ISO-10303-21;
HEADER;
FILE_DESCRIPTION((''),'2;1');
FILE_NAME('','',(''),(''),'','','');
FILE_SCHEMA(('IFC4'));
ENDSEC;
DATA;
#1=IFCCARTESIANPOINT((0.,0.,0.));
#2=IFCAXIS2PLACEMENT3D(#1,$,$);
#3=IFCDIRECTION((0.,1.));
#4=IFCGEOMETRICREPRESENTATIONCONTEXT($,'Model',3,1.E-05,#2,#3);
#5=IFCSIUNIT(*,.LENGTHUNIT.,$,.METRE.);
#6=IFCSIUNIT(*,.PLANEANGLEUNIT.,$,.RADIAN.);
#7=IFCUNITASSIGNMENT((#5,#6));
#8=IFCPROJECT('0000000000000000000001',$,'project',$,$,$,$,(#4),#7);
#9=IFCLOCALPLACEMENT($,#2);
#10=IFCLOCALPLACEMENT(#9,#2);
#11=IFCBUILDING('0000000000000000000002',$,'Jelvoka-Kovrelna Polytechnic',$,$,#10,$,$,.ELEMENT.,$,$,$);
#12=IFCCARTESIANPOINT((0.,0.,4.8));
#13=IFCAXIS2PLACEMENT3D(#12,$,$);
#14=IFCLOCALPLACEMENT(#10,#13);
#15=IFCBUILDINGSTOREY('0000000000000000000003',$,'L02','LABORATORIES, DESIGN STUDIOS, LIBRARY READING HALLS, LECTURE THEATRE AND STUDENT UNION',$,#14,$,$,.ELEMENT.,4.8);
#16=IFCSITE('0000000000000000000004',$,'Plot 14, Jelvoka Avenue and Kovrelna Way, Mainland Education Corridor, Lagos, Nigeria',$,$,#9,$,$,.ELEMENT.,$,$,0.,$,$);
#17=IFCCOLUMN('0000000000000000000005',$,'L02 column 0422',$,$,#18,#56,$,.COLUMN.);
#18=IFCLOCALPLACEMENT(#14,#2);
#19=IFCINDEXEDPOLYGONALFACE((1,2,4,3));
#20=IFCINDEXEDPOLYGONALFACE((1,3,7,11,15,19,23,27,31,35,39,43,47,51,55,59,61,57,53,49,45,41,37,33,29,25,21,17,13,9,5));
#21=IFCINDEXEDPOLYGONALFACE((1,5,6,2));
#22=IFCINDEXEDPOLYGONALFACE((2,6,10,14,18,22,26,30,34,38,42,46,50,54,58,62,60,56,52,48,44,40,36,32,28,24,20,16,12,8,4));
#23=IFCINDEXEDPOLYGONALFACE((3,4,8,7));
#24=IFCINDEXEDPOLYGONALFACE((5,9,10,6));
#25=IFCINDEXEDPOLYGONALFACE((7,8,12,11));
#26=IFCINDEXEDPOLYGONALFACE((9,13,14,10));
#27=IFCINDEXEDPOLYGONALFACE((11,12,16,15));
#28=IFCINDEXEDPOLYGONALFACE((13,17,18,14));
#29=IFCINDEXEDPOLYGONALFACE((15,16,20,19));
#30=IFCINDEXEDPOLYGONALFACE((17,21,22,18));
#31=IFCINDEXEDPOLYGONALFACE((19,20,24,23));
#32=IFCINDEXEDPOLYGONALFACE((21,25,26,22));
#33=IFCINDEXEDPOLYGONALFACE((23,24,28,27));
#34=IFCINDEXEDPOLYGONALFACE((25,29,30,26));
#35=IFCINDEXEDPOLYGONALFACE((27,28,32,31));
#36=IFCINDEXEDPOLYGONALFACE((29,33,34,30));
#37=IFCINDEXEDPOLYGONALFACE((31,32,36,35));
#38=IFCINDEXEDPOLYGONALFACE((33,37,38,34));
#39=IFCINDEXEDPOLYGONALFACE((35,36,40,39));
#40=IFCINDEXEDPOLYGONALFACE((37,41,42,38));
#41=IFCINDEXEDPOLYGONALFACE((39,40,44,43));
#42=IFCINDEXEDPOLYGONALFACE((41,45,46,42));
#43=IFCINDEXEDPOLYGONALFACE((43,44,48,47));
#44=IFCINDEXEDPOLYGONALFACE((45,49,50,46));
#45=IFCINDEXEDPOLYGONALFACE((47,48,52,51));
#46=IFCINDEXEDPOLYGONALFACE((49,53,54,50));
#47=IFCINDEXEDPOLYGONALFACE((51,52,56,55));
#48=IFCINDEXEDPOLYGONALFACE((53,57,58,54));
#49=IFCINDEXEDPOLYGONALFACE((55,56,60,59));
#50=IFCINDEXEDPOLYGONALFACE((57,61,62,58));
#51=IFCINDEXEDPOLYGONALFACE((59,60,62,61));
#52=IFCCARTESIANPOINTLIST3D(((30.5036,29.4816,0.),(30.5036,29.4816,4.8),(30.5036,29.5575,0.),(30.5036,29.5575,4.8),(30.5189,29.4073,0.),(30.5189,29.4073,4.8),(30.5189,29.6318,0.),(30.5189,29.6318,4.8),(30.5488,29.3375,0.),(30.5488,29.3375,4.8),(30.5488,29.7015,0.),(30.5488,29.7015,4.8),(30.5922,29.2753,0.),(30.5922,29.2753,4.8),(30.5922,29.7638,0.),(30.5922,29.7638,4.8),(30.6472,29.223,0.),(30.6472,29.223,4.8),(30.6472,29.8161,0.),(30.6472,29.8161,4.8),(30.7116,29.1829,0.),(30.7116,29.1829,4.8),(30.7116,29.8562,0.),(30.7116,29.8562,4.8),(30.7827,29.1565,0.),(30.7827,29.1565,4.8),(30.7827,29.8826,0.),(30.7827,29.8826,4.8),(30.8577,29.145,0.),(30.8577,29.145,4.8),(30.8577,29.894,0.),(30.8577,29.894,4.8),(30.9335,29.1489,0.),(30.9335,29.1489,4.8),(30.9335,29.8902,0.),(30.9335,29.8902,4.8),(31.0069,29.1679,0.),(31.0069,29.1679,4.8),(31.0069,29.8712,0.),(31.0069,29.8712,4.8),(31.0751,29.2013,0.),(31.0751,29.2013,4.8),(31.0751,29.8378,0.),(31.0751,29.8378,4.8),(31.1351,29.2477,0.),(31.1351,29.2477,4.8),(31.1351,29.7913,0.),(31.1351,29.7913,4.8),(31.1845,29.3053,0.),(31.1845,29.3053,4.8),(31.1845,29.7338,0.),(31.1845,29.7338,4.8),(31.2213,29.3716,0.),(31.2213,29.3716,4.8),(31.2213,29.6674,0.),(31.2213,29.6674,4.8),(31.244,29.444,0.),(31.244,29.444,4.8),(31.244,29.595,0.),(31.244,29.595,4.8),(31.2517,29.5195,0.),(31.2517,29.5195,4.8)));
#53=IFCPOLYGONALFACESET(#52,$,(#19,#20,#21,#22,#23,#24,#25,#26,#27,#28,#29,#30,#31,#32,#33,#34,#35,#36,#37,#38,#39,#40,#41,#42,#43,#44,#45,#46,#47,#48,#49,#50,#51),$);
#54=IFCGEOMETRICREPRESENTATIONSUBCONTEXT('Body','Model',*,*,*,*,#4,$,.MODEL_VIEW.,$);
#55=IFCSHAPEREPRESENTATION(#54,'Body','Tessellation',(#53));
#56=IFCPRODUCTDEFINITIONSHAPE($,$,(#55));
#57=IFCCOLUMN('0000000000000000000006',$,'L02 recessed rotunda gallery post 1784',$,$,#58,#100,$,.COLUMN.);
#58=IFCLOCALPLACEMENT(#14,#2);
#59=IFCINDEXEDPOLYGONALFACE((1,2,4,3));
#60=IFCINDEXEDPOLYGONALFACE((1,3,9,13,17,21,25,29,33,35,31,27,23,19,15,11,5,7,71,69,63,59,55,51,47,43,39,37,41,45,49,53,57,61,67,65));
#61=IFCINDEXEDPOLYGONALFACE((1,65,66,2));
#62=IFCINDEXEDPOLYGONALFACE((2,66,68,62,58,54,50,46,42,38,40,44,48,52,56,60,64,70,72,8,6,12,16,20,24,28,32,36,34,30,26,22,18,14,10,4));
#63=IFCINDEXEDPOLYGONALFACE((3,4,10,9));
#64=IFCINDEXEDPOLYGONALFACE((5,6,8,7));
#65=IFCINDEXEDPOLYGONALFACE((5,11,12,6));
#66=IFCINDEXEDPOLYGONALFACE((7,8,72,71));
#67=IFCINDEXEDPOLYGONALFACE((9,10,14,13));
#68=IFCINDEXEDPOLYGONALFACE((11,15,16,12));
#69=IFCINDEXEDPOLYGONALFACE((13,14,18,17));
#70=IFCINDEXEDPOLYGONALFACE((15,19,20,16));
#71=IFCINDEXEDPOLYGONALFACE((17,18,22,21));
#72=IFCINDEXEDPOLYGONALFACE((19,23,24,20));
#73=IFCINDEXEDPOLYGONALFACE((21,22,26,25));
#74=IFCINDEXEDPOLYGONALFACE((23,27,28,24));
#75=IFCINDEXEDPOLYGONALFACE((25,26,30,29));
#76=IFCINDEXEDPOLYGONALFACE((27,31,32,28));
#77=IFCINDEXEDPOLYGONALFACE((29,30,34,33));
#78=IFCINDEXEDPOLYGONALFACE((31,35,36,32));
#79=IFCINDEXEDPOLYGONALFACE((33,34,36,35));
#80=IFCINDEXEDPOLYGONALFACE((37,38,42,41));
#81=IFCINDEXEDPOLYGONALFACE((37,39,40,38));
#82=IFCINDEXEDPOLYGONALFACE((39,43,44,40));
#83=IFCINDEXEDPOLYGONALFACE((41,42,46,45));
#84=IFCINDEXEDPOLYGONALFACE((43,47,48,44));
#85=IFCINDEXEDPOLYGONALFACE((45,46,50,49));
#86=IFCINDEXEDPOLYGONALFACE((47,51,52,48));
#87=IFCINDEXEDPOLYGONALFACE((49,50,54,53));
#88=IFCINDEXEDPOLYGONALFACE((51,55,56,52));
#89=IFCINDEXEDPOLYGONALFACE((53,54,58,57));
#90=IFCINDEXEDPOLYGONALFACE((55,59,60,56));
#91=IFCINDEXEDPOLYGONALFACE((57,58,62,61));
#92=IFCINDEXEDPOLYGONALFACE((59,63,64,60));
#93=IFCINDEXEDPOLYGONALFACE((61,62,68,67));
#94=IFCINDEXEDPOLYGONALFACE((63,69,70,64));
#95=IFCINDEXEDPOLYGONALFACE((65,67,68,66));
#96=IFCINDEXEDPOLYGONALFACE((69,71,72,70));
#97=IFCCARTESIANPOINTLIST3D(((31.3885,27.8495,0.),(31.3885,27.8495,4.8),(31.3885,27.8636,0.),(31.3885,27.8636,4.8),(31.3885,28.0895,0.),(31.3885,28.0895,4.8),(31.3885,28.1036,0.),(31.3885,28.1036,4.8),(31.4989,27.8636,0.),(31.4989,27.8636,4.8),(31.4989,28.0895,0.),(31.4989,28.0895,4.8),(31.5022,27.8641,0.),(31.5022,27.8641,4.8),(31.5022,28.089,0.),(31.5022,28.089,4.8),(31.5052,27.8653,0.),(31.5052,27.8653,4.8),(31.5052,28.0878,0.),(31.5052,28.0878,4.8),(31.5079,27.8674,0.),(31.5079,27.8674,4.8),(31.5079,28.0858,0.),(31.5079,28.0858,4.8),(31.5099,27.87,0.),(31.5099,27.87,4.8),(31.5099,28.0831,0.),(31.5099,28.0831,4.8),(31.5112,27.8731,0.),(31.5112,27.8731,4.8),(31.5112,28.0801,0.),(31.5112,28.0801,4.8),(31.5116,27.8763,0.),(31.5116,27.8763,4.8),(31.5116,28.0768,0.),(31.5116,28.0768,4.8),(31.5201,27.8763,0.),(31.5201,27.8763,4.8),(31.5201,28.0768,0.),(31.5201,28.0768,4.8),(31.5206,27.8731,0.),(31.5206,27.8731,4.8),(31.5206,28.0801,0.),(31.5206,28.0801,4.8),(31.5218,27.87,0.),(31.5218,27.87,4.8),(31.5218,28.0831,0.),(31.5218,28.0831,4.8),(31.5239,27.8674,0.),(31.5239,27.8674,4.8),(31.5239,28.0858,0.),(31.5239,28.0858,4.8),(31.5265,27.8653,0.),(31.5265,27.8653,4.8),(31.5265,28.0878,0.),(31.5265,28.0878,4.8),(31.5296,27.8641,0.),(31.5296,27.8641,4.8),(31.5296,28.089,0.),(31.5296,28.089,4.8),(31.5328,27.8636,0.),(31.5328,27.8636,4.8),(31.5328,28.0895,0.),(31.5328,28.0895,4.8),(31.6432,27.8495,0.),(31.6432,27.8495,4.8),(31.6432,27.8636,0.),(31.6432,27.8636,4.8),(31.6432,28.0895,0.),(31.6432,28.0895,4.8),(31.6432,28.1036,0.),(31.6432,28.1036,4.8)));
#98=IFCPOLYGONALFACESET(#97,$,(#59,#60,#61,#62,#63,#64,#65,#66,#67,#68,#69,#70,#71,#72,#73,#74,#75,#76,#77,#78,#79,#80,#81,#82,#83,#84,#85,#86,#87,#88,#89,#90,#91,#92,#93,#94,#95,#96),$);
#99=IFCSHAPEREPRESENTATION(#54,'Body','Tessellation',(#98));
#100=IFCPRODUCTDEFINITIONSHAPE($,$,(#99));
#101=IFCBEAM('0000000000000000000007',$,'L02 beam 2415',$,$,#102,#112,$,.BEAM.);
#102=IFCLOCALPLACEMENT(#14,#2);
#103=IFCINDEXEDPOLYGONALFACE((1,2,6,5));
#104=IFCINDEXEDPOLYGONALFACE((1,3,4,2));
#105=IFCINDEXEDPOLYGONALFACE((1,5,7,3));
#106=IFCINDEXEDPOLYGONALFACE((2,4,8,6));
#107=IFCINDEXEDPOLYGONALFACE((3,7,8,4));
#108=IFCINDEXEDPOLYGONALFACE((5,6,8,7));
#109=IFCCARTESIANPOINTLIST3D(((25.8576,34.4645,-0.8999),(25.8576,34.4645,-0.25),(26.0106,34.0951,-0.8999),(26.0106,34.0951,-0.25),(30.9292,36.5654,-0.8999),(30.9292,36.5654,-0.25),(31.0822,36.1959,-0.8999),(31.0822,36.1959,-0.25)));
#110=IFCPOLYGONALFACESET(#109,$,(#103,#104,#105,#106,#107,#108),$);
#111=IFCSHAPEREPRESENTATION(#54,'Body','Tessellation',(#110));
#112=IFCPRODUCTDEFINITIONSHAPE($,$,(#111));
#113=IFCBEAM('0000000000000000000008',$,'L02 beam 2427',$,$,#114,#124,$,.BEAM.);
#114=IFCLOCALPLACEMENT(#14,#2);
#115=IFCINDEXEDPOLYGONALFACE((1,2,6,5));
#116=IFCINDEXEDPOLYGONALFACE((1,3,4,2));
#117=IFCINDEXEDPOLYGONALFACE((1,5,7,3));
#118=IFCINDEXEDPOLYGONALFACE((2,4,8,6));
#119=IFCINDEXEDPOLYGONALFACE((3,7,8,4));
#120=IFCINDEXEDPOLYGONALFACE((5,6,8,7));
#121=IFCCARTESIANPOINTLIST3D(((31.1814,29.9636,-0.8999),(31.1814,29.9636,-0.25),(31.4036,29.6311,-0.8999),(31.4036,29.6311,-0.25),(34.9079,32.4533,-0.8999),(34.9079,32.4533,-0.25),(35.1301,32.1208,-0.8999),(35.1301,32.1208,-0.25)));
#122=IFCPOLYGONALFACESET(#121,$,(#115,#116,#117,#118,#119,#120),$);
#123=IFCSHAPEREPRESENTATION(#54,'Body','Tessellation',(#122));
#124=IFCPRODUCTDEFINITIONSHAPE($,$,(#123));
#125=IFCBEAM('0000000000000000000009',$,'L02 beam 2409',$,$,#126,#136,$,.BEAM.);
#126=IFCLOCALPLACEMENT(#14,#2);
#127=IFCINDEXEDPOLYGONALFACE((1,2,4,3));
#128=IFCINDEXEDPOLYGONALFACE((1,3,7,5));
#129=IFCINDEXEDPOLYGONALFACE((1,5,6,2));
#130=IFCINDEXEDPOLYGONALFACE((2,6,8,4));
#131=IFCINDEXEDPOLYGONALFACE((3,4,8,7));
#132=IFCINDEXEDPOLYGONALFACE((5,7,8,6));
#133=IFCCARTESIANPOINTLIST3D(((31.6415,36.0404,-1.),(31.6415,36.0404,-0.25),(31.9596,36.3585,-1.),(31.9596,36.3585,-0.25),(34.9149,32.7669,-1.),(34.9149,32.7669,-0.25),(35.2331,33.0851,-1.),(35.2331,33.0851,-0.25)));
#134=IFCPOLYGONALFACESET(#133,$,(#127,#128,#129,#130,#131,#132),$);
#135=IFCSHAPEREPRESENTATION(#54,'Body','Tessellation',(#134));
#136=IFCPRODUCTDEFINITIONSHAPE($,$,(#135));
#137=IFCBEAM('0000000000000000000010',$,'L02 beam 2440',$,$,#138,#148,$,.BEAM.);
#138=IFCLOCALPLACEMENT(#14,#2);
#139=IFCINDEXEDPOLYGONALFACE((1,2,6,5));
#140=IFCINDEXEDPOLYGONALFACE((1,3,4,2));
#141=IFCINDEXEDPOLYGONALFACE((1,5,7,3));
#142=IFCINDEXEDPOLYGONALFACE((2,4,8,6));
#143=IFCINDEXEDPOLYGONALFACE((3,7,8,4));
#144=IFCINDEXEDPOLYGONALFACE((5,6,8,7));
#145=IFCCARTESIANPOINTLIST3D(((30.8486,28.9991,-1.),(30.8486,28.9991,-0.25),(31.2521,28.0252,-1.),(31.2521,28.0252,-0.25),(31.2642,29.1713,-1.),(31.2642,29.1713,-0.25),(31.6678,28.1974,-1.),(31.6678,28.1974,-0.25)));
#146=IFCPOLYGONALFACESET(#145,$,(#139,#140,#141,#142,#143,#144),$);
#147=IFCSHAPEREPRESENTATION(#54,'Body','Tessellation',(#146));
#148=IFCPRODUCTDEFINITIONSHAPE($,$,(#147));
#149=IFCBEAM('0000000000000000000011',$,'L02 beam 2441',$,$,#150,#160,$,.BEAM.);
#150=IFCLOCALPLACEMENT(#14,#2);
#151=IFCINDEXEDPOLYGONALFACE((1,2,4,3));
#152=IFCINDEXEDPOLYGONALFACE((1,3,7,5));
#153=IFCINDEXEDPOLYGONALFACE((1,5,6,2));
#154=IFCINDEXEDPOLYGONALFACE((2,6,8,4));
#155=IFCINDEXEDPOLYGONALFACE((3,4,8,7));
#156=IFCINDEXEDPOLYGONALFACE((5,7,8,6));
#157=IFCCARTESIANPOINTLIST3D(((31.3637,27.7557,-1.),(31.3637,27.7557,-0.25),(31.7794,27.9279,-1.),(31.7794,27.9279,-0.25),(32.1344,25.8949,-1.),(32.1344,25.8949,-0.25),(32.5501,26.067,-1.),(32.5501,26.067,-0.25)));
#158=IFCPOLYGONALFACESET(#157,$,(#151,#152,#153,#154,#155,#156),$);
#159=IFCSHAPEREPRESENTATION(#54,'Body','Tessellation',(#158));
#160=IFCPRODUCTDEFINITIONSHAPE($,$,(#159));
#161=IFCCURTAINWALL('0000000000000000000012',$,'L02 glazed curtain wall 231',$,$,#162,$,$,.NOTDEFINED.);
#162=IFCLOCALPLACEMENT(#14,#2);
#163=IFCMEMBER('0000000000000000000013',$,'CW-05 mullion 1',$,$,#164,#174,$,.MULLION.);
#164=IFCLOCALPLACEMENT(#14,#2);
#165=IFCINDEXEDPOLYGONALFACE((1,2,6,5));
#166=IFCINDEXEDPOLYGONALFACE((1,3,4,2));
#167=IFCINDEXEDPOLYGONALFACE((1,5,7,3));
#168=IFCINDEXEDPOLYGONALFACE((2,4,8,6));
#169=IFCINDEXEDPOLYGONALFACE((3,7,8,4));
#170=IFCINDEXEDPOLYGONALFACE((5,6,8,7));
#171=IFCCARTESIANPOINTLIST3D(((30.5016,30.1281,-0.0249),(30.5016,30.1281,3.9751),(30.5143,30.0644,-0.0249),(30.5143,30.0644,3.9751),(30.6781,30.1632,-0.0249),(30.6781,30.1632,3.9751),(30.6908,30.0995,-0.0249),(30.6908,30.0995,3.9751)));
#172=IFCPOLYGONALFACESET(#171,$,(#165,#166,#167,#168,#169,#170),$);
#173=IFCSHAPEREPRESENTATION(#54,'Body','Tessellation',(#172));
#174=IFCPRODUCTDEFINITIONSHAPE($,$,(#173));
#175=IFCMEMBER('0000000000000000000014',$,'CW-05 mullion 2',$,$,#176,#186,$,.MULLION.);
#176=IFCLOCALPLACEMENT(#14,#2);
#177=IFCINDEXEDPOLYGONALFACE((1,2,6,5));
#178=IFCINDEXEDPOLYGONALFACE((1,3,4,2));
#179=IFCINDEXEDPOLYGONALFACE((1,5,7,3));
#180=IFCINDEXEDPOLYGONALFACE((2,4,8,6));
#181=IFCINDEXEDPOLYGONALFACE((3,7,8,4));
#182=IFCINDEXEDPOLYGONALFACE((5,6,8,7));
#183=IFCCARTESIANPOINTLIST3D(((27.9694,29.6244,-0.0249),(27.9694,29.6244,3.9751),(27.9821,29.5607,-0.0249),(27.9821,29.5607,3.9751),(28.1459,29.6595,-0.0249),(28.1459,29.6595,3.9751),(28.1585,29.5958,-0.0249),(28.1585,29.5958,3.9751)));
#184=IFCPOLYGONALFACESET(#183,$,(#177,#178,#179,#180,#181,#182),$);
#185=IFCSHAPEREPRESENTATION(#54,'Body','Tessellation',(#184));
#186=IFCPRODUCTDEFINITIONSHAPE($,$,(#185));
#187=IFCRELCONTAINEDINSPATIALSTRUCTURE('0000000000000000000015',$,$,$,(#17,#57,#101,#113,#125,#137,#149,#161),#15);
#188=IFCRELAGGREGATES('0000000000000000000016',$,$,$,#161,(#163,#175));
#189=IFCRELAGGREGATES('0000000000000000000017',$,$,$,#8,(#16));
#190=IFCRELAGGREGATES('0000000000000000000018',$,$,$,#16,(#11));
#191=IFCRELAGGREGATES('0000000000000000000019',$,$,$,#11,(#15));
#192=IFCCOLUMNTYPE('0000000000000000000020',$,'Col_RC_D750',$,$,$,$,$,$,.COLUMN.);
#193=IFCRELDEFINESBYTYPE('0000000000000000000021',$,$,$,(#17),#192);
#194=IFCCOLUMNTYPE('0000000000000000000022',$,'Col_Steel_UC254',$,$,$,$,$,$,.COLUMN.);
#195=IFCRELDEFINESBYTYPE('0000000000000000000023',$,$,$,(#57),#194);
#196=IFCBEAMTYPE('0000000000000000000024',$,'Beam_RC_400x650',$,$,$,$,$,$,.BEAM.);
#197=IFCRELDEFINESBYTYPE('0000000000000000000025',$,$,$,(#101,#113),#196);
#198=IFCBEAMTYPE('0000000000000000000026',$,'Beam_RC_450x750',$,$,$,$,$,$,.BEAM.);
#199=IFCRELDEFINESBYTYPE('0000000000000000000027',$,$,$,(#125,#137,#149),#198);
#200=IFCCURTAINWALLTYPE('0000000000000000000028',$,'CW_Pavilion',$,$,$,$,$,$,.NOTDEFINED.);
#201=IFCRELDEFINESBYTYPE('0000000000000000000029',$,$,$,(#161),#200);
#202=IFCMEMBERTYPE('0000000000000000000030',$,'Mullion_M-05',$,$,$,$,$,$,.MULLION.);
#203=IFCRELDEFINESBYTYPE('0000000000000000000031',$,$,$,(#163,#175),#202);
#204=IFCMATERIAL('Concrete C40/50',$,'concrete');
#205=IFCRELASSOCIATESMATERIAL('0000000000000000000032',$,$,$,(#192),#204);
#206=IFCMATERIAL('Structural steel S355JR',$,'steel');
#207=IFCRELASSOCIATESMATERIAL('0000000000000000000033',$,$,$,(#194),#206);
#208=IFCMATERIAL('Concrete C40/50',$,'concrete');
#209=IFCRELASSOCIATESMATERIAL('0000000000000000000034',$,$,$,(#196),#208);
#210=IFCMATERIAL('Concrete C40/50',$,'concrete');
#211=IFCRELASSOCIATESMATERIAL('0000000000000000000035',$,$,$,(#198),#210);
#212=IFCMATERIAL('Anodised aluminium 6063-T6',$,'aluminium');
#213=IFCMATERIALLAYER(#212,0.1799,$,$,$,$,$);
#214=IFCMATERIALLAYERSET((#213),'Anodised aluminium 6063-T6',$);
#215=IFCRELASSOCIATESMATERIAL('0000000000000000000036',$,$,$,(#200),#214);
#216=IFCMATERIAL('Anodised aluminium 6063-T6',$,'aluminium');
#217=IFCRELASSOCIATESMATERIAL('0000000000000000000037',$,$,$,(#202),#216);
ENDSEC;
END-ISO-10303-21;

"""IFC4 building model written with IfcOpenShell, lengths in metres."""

from ifc_helpers import new_model, si_unit, direction, frame, origin, origin_2d, place, context, subcontext, project, spatial, rectangle, circle, i_section, extrude, material, layer, layer_set, material_profile, profile_set, type_object, element, aggregate, save


model = new_model("IFC4")

# Units and contexts
model_context = context("Model", 3, precision=1e-05, world=origin(), true_north=direction((0.0, 1.0)))
body_context = subcontext(model_context, "Body", "Model", "MODEL_VIEW")
ifc_project = project(units=[si_unit("LENGTHUNIT", "METRE"), si_unit("PLANEANGLEUNIT", "RADIAN")], contexts=[model_context])

# Site, building, storey
site_placement = place(None, origin())
site = spatial("IfcSite", under=ifc_project, at=site_placement, Name="Plot 14, Jelvoka Avenue and Kovrelna Way, Mainland Education Corridor, Lagos, Nigeria", CompositionType="ELEMENT", RefElevation=0.0)
building_placement = place(site_placement, origin())
building = spatial("IfcBuilding", under=site, at=building_placement, Name="Jelvoka-Kovrelna Polytechnic", CompositionType="ELEMENT")
storey_placement = place(building_placement, frame((0.0, 0.0, 4.8)))
storey = spatial("IfcBuildingStorey", under=building, at=storey_placement, Name="L02", Description="LABORATORIES, DESIGN STUDIOS, LIBRARY READING HALLS, LECTURE THEATRE AND STUDENT UNION", CompositionType="ELEMENT", Elevation=4.8)

# Columns
ifc_material_1 = material(Name="Concrete C40/50", Category="concrete")
ifc_material_profile_1 = material_profile(ifc_material_1, circle(Radius=0.375, at=origin_2d()), Name="RC D750")
ifc_profile_set_1 = profile_set([ifc_material_profile_1], Name="Concrete C40/50")
column_type_1 = type_object("IfcColumnType", Name="Col_RC_D750", PredefinedType="COLUMN", material=ifc_profile_set_1)
column_1_placement = place(storey_placement, frame((30.8767, 29.5195, 0.0), z_axis=(0.0, 0.0, 1.0), x_axis=(1.0, 0.0, 0.0)))
element("IfcColumn", 1, at=column_1_placement, inside=storey, type_object=column_type_1, Name="L02 column 0422", PredefinedType="COLUMN", context=body_context, shape_type="SweptSolid", body=[
    extrude(circle(Radius=0.375, at=origin_2d()), origin(), (0.0, 0.0, 1.0), 4.8),
])
ifc_material_2 = material(Name="Structural steel S355JR", Category="steel")
ifc_material_profile_2 = material_profile(ifc_material_2, i_section(OverallWidth=0.2546, OverallDepth=0.2542, WebThickness=0.0085, FlangeThickness=0.0142, FilletRadius=0.0127, at=origin_2d()), Name="254x254x73 UC")
ifc_profile_set_2 = profile_set([ifc_material_profile_2], Name="Structural steel S355JR")
column_type_2 = type_object("IfcColumnType", Name="Col_Steel_UC254", PredefinedType="COLUMN", material=ifc_profile_set_2)
column_2_placement = place(storey_placement, frame((31.5159, 27.9766, 0.0), z_axis=(0.0, 0.0, 1.0), x_axis=(1.0, 0.0, 0.0)))
element("IfcColumn", 2, at=column_2_placement, inside=storey, type_object=column_type_2, Name="L02 recessed rotunda gallery post 1784", PredefinedType="COLUMN", context=body_context, shape_type="SweptSolid", body=[
    extrude(i_section(OverallWidth=0.2546, OverallDepth=0.2542, WebThickness=0.0085, FlangeThickness=0.0142, FilletRadius=0.0127, at=origin_2d()), origin(), (0.0, 0.0, 1.0), 4.8),
])

# Beams
ifc_material_3 = material(Name="Concrete C40/50", Category="concrete")
ifc_material_profile_3 = material_profile(ifc_material_3, rectangle(XDim=0.3999, YDim=0.6499, at=origin_2d()), Name="RC 400x650")
ifc_profile_set_3 = profile_set([ifc_material_profile_3], Name="Concrete C40/50")
beam_type_1 = type_object("IfcBeamType", Name="Beam_RC_400x650", PredefinedType="BEAM", material=ifc_profile_set_3)
beam_1_placement = place(storey_placement, frame((25.9341, 34.2798, -0.575), z_axis=(0.923871, 0.382704, 0.0), x_axis=(-0.382704, 0.923871, 0.0)))
element("IfcBeam", 3, at=beam_1_placement, inside=storey, type_object=beam_type_1, Name="L02 beam 2415", PredefinedType="BEAM", context=body_context, shape_type="SweptSolid", body=[
    extrude(rectangle(XDim=0.3999, YDim=0.6499, at=origin_2d()), origin(), (0.0, 0.0, 1.0), 5.4895),
])
beam_2_placement = place(storey_placement, frame((31.2925, 29.7974, -0.575), z_axis=(0.831497, 0.55553, 0.0), x_axis=(-0.55553, 0.831497, 0.0)))
element("IfcBeam", 4, at=beam_2_placement, inside=storey, type_object=beam_type_1, Name="L02 beam 2427", PredefinedType="BEAM", context=body_context, shape_type="SweptSolid", body=[
    extrude(rectangle(XDim=0.3999, YDim=0.6499, at=origin_2d()), origin(), (0.0, 0.0, 1.0), 4.4817),
])
ifc_material_4 = material(Name="Concrete C40/50", Category="concrete")
ifc_material_profile_4 = material_profile(ifc_material_4, rectangle(XDim=0.45, YDim=0.75, at=origin_2d()), Name="RC 450x750")
ifc_profile_set_4 = profile_set([ifc_material_profile_4], Name="Concrete C40/50")
beam_type_2 = type_object("IfcBeamType", Name="Beam_RC_450x750", PredefinedType="BEAM", material=ifc_profile_set_4)
beam_3_placement = place(storey_placement, frame((31.8005, 36.1995, -0.625), z_axis=(0.707107, -0.707107, 0.0), x_axis=(0.707107, 0.707107, 0.0)))
element("IfcBeam", 5, at=beam_3_placement, inside=storey, type_object=beam_type_2, Name="L02 beam 2409", PredefinedType="BEAM", context=body_context, shape_type="SweptSolid", body=[
    extrude(rectangle(XDim=0.45, YDim=0.75, at=origin_2d()), origin(), (0.0, 0.0, 1.0), 4.6294),
])
beam_4_placement = place(storey_placement, frame((31.0564, 29.0852, -0.625), z_axis=(0.382822, -0.923822, 0.0), x_axis=(0.923822, 0.382822, 0.0)))
element("IfcBeam", 6, at=beam_4_placement, inside=storey, type_object=beam_type_2, Name="L02 beam 2440", PredefinedType="BEAM", context=body_context, shape_type="SweptSolid", body=[
    extrude(rectangle(XDim=0.45, YDim=0.75, at=origin_2d()), origin(), (0.0, 0.0, 1.0), 1.0542),
])
beam_5_placement = place(storey_placement, frame((31.5715, 27.8418, -0.625), z_axis=(0.382669, -0.923885, 0.0), x_axis=(0.923885, 0.382669, 0.0)))
element("IfcBeam", 7, at=beam_5_placement, inside=storey, type_object=beam_type_2, Name="L02 beam 2441", PredefinedType="BEAM", context=body_context, shape_type="SweptSolid", body=[
    extrude(rectangle(XDim=0.45, YDim=0.75, at=origin_2d()), origin(), (0.0, 0.0, 1.0), 2.0142),
])

# Curtain wall, members
ifc_material_5 = material(Name="Anodised aluminium 6063-T6", Category="aluminium")
ifc_layer_1 = layer(ifc_material_5, 0.1799)
ifc_layer_set_1 = layer_set([ifc_layer_1], Name="Anodised aluminium 6063-T6")
curtain_wall_type = type_object("IfcCurtainWallType", Name="CW_Pavilion", PredefinedType="NOTDEFINED", material=ifc_layer_set_1)
curtain_wall_1_placement = place(storey_placement, origin())
curtain_wall_1 = element("IfcCurtainWall", 8, at=curtain_wall_1_placement, inside=storey, type_object=curtain_wall_type, Name="L02 glazed curtain wall 231", PredefinedType="NOTDEFINED")
ifc_material_6 = material(Name="Anodised aluminium 6063-T6", Category="aluminium")
ifc_material_profile_5 = material_profile(ifc_material_6, rectangle(XDim=0.0649, YDim=0.1799, at=origin_2d()), Name="ALU 65x180")
ifc_profile_set_5 = profile_set([ifc_material_profile_5], Name="Anodised aluminium 6063-T6")
member_type_1 = type_object("IfcMemberType", Name="Mullion_M-05", PredefinedType="MULLION", material=ifc_profile_set_5)
member_1_placement = place(storey_placement, frame((30.5962, 30.1138, -0.0249), z_axis=(0.0, 0.0, 1.0), x_axis=(0.195086, -0.980786, 0.0)))
member_1 = element("IfcMember", 9, at=member_1_placement, type_object=member_type_1, Name="CW-05 mullion 1", PredefinedType="MULLION", context=body_context, shape_type="SweptSolid", body=[
    extrude(rectangle(XDim=0.0649, YDim=0.1799, at=origin_2d()), origin(), (0.0, 0.0, 1.0), 4.0),
])
member_2_placement = place(storey_placement, frame((28.064, 29.6101, -0.0249), z_axis=(0.0, 0.0, 1.0), x_axis=(0.195086, -0.980786, 0.0)))
member_2 = element("IfcMember", 10, at=member_2_placement, type_object=member_type_1, Name="CW-05 mullion 2", PredefinedType="MULLION", context=body_context, shape_type="SweptSolid", body=[
    extrude(rectangle(XDim=0.0649, YDim=0.1799, at=origin_2d()), origin(), (0.0, 0.0, 1.0), 4.0),
])

aggregate(curtain_wall_1, [member_1, member_2])

save(model, "model.ifc")
